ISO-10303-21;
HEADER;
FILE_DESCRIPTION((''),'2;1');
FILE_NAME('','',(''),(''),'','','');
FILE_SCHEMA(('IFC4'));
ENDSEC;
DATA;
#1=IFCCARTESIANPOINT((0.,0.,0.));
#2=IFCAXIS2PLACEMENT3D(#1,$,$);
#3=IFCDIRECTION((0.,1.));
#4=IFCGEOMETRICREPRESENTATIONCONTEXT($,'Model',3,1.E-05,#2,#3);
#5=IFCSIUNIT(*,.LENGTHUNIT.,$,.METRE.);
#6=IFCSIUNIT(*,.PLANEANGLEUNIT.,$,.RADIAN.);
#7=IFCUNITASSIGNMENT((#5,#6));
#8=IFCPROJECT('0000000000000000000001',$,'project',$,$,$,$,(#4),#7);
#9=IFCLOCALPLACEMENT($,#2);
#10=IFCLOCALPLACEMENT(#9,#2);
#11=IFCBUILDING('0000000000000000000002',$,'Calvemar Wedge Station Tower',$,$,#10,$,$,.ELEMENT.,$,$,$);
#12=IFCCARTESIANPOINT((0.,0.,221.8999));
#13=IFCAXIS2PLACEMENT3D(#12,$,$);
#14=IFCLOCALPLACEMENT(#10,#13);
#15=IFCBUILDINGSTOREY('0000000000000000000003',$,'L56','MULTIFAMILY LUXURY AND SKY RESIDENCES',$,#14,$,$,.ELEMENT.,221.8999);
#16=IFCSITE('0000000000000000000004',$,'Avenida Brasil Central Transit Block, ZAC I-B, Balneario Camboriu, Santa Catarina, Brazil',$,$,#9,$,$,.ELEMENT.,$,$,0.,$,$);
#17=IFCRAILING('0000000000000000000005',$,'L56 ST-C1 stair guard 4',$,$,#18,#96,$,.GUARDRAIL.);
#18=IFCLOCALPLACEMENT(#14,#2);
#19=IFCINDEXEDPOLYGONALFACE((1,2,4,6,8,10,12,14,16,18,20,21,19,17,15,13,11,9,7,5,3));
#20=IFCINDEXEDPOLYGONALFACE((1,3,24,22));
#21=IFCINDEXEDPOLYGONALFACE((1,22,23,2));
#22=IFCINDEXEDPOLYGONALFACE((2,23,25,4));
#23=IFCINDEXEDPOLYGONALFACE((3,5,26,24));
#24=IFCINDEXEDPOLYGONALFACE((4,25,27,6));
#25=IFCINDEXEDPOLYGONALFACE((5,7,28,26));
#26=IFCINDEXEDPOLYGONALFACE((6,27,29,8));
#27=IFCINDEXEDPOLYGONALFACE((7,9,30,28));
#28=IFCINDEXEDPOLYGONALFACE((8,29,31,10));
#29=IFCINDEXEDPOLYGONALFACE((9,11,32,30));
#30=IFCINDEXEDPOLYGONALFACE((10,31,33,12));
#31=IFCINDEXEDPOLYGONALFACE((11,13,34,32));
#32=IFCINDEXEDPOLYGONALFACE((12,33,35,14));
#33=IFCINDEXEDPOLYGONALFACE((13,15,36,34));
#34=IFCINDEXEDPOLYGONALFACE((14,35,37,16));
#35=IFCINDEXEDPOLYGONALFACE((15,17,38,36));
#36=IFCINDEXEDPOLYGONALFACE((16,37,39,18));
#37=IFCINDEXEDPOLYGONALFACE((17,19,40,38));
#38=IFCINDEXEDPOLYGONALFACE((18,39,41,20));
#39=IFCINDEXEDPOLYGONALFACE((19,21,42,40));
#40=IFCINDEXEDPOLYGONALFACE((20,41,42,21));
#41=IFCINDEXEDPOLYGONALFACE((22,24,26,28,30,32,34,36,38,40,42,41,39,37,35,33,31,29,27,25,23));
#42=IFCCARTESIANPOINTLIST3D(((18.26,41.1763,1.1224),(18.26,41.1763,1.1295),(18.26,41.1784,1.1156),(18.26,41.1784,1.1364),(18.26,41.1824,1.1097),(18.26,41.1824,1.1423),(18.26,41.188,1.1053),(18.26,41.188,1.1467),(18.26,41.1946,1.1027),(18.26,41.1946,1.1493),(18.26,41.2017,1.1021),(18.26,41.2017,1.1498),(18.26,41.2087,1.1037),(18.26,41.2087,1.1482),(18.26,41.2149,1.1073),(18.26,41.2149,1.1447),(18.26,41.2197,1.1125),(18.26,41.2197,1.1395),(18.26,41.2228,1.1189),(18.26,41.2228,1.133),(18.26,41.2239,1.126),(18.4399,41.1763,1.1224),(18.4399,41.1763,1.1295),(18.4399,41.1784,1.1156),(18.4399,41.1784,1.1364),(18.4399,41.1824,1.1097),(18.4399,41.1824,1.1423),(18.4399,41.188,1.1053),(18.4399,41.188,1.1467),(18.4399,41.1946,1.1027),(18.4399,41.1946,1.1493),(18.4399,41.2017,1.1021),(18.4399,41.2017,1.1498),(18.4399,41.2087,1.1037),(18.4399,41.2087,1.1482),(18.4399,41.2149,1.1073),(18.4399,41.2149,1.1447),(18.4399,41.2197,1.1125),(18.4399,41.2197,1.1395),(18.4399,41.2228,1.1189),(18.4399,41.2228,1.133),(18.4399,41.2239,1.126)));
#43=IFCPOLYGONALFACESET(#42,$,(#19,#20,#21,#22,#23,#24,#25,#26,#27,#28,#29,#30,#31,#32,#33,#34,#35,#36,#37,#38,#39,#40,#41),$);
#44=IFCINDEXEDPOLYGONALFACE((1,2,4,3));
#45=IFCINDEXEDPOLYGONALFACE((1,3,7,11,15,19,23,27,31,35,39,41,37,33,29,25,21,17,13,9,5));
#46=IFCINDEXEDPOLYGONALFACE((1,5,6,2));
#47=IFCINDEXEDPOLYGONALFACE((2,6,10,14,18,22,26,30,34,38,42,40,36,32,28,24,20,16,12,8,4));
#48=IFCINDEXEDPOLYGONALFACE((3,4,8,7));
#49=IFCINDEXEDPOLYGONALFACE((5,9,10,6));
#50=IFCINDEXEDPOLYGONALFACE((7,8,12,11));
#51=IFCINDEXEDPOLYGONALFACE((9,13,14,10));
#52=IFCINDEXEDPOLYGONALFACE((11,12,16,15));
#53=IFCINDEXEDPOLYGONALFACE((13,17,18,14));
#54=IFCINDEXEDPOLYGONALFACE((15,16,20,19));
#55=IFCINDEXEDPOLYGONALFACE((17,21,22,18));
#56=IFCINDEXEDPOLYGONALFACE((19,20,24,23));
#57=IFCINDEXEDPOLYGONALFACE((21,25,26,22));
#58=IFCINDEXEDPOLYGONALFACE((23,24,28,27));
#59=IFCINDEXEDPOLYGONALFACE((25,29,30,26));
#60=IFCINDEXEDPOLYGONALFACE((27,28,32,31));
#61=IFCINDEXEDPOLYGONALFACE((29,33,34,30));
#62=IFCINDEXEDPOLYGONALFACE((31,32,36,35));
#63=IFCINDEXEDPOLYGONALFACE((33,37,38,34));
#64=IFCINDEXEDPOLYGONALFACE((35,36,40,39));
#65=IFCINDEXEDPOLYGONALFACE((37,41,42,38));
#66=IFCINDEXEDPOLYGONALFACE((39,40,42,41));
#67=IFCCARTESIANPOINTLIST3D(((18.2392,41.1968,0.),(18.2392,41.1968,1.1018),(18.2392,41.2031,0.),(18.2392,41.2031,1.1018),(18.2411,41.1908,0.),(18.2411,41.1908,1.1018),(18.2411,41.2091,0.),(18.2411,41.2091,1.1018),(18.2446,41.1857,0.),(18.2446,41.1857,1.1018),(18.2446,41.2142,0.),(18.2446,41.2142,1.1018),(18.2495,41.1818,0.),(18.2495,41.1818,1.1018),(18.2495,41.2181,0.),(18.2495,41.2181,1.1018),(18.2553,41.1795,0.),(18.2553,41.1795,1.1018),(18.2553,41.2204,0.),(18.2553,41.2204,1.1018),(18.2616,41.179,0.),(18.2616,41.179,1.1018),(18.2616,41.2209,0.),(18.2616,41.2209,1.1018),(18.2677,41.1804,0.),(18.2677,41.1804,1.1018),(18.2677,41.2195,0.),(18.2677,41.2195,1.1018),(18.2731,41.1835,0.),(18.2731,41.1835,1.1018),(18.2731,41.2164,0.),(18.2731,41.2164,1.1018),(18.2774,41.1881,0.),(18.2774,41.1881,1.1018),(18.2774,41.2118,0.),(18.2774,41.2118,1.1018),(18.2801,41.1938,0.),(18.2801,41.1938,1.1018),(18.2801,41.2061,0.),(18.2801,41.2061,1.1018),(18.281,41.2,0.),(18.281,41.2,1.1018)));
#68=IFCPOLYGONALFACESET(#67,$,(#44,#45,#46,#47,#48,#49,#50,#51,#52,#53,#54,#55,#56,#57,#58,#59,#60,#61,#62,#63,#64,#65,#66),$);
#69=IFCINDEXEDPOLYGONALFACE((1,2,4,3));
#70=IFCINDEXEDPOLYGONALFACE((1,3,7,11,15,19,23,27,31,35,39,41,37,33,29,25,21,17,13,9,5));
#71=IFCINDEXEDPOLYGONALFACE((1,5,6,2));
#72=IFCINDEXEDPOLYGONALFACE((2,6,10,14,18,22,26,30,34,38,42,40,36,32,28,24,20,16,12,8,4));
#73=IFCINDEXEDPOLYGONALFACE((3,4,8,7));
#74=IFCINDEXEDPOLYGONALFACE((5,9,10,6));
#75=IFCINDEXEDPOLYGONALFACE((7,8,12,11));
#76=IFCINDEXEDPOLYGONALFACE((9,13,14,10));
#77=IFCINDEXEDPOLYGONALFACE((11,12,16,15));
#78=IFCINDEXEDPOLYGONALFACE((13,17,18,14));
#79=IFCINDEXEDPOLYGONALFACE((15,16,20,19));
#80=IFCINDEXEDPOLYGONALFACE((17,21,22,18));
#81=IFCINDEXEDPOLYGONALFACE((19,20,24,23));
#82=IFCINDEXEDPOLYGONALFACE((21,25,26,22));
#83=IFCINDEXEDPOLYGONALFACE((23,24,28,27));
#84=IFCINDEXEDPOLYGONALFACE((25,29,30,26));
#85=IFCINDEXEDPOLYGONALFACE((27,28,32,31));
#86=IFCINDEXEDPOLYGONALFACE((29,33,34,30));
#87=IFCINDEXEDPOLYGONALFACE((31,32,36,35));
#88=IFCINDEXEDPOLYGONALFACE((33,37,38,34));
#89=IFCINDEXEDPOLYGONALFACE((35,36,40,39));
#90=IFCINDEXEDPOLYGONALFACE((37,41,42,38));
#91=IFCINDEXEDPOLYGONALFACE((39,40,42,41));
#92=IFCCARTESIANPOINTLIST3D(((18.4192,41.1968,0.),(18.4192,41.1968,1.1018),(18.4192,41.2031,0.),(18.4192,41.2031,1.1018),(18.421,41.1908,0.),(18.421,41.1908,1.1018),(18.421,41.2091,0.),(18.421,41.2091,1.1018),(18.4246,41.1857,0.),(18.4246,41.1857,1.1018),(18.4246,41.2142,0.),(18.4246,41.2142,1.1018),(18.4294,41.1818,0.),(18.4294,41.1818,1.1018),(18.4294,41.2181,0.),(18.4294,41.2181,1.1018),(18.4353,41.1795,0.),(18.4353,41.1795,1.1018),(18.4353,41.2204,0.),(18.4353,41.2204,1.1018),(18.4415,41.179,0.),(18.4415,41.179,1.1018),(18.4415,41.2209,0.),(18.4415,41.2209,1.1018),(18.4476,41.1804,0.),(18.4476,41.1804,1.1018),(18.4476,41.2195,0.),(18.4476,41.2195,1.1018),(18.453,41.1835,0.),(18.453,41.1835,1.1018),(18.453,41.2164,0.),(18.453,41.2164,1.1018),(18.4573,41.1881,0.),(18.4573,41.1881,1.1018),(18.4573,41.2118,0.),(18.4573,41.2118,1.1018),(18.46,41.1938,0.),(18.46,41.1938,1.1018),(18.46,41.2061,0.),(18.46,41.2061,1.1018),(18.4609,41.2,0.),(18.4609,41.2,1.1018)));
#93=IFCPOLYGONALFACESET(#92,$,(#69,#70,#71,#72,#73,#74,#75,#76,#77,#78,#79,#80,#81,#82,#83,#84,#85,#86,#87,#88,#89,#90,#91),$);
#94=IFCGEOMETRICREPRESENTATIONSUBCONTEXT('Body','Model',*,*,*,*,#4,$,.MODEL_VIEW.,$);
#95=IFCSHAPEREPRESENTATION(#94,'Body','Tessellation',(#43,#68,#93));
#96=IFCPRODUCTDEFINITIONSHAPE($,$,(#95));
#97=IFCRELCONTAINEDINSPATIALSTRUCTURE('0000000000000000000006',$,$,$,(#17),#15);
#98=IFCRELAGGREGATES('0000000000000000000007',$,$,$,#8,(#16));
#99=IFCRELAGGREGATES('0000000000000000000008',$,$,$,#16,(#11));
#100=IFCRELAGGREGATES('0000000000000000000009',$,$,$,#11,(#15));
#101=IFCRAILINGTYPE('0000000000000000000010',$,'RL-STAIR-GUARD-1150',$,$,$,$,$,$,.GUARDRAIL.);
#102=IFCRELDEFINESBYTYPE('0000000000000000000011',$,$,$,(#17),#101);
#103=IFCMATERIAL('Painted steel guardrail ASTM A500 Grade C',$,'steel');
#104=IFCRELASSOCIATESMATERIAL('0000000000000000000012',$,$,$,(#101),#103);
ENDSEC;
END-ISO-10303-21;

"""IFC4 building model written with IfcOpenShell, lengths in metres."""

from ifc_helpers import new_model, si_unit, direction, frame, origin, origin_2d, place, context, subcontext, project, spatial, circle, extrude, material, type_object, element, save


model = new_model("IFC4")

# Units and contexts
model_context = context("Model", 3, precision=1e-05, world=origin(), true_north=direction((0.0, 1.0)))
body_context = subcontext(model_context, "Body", "Model", "MODEL_VIEW")
ifc_project = project(units=[si_unit("LENGTHUNIT", "METRE"), si_unit("PLANEANGLEUNIT", "RADIAN")], contexts=[model_context])

# Site, building, storey
site_placement = place(None, origin())
site = spatial("IfcSite", under=ifc_project, at=site_placement, Name="Avenida Brasil Central Transit Block, ZAC I-B, Balneario Camboriu, Santa Catarina, Brazil", CompositionType="ELEMENT", RefElevation=0.0)
building_placement = place(site_placement, origin())
building = spatial("IfcBuilding", under=site, at=building_placement, Name="Calvemar Wedge Station Tower", CompositionType="ELEMENT")
storey_placement = place(building_placement, frame((0.0, 0.0, 221.8999)))
storey = spatial("IfcBuildingStorey", under=building, at=storey_placement, Name="L56", Description="MULTIFAMILY LUXURY AND SKY RESIDENCES", CompositionType="ELEMENT", Elevation=221.8999)

# Railing
ifc_material_1 = material(Name="Painted steel guardrail ASTM A500 Grade C", Category="steel")
railing_type = type_object("IfcRailingType", Name="RL-STAIR-GUARD-1150", PredefinedType="GUARDRAIL", material=ifc_material_1)
railing_1_placement = place(storey_placement, frame((18.26, 41.2, 0.0)))
element("IfcRailing", 1, at=railing_1_placement, inside=storey, type_object=railing_type, Name="L56 ST-C1 stair guard 4", PredefinedType="GUARDRAIL", context=body_context, shape_type="SweptSolid", body=[
    extrude(circle(Radius=0.0239, at=origin_2d()), frame((0.0, 0.0, 1.126), z_axis=(1.0, 0.0, 0.0), x_axis=(0.0, 1.0, 0.0)), (0.0, 0.0, 1.0), 0.1799),
    extrude(circle(Radius=0.021, at=origin_2d()), origin(), (0.0, 0.0, 1.0), 1.1018),
    extrude(circle(Radius=0.021, at=origin_2d()), frame((0.1799, 0.0, 0.0)), (0.0, 0.0, 1.0), 1.1018),
])

save(model, "model.ifc")
